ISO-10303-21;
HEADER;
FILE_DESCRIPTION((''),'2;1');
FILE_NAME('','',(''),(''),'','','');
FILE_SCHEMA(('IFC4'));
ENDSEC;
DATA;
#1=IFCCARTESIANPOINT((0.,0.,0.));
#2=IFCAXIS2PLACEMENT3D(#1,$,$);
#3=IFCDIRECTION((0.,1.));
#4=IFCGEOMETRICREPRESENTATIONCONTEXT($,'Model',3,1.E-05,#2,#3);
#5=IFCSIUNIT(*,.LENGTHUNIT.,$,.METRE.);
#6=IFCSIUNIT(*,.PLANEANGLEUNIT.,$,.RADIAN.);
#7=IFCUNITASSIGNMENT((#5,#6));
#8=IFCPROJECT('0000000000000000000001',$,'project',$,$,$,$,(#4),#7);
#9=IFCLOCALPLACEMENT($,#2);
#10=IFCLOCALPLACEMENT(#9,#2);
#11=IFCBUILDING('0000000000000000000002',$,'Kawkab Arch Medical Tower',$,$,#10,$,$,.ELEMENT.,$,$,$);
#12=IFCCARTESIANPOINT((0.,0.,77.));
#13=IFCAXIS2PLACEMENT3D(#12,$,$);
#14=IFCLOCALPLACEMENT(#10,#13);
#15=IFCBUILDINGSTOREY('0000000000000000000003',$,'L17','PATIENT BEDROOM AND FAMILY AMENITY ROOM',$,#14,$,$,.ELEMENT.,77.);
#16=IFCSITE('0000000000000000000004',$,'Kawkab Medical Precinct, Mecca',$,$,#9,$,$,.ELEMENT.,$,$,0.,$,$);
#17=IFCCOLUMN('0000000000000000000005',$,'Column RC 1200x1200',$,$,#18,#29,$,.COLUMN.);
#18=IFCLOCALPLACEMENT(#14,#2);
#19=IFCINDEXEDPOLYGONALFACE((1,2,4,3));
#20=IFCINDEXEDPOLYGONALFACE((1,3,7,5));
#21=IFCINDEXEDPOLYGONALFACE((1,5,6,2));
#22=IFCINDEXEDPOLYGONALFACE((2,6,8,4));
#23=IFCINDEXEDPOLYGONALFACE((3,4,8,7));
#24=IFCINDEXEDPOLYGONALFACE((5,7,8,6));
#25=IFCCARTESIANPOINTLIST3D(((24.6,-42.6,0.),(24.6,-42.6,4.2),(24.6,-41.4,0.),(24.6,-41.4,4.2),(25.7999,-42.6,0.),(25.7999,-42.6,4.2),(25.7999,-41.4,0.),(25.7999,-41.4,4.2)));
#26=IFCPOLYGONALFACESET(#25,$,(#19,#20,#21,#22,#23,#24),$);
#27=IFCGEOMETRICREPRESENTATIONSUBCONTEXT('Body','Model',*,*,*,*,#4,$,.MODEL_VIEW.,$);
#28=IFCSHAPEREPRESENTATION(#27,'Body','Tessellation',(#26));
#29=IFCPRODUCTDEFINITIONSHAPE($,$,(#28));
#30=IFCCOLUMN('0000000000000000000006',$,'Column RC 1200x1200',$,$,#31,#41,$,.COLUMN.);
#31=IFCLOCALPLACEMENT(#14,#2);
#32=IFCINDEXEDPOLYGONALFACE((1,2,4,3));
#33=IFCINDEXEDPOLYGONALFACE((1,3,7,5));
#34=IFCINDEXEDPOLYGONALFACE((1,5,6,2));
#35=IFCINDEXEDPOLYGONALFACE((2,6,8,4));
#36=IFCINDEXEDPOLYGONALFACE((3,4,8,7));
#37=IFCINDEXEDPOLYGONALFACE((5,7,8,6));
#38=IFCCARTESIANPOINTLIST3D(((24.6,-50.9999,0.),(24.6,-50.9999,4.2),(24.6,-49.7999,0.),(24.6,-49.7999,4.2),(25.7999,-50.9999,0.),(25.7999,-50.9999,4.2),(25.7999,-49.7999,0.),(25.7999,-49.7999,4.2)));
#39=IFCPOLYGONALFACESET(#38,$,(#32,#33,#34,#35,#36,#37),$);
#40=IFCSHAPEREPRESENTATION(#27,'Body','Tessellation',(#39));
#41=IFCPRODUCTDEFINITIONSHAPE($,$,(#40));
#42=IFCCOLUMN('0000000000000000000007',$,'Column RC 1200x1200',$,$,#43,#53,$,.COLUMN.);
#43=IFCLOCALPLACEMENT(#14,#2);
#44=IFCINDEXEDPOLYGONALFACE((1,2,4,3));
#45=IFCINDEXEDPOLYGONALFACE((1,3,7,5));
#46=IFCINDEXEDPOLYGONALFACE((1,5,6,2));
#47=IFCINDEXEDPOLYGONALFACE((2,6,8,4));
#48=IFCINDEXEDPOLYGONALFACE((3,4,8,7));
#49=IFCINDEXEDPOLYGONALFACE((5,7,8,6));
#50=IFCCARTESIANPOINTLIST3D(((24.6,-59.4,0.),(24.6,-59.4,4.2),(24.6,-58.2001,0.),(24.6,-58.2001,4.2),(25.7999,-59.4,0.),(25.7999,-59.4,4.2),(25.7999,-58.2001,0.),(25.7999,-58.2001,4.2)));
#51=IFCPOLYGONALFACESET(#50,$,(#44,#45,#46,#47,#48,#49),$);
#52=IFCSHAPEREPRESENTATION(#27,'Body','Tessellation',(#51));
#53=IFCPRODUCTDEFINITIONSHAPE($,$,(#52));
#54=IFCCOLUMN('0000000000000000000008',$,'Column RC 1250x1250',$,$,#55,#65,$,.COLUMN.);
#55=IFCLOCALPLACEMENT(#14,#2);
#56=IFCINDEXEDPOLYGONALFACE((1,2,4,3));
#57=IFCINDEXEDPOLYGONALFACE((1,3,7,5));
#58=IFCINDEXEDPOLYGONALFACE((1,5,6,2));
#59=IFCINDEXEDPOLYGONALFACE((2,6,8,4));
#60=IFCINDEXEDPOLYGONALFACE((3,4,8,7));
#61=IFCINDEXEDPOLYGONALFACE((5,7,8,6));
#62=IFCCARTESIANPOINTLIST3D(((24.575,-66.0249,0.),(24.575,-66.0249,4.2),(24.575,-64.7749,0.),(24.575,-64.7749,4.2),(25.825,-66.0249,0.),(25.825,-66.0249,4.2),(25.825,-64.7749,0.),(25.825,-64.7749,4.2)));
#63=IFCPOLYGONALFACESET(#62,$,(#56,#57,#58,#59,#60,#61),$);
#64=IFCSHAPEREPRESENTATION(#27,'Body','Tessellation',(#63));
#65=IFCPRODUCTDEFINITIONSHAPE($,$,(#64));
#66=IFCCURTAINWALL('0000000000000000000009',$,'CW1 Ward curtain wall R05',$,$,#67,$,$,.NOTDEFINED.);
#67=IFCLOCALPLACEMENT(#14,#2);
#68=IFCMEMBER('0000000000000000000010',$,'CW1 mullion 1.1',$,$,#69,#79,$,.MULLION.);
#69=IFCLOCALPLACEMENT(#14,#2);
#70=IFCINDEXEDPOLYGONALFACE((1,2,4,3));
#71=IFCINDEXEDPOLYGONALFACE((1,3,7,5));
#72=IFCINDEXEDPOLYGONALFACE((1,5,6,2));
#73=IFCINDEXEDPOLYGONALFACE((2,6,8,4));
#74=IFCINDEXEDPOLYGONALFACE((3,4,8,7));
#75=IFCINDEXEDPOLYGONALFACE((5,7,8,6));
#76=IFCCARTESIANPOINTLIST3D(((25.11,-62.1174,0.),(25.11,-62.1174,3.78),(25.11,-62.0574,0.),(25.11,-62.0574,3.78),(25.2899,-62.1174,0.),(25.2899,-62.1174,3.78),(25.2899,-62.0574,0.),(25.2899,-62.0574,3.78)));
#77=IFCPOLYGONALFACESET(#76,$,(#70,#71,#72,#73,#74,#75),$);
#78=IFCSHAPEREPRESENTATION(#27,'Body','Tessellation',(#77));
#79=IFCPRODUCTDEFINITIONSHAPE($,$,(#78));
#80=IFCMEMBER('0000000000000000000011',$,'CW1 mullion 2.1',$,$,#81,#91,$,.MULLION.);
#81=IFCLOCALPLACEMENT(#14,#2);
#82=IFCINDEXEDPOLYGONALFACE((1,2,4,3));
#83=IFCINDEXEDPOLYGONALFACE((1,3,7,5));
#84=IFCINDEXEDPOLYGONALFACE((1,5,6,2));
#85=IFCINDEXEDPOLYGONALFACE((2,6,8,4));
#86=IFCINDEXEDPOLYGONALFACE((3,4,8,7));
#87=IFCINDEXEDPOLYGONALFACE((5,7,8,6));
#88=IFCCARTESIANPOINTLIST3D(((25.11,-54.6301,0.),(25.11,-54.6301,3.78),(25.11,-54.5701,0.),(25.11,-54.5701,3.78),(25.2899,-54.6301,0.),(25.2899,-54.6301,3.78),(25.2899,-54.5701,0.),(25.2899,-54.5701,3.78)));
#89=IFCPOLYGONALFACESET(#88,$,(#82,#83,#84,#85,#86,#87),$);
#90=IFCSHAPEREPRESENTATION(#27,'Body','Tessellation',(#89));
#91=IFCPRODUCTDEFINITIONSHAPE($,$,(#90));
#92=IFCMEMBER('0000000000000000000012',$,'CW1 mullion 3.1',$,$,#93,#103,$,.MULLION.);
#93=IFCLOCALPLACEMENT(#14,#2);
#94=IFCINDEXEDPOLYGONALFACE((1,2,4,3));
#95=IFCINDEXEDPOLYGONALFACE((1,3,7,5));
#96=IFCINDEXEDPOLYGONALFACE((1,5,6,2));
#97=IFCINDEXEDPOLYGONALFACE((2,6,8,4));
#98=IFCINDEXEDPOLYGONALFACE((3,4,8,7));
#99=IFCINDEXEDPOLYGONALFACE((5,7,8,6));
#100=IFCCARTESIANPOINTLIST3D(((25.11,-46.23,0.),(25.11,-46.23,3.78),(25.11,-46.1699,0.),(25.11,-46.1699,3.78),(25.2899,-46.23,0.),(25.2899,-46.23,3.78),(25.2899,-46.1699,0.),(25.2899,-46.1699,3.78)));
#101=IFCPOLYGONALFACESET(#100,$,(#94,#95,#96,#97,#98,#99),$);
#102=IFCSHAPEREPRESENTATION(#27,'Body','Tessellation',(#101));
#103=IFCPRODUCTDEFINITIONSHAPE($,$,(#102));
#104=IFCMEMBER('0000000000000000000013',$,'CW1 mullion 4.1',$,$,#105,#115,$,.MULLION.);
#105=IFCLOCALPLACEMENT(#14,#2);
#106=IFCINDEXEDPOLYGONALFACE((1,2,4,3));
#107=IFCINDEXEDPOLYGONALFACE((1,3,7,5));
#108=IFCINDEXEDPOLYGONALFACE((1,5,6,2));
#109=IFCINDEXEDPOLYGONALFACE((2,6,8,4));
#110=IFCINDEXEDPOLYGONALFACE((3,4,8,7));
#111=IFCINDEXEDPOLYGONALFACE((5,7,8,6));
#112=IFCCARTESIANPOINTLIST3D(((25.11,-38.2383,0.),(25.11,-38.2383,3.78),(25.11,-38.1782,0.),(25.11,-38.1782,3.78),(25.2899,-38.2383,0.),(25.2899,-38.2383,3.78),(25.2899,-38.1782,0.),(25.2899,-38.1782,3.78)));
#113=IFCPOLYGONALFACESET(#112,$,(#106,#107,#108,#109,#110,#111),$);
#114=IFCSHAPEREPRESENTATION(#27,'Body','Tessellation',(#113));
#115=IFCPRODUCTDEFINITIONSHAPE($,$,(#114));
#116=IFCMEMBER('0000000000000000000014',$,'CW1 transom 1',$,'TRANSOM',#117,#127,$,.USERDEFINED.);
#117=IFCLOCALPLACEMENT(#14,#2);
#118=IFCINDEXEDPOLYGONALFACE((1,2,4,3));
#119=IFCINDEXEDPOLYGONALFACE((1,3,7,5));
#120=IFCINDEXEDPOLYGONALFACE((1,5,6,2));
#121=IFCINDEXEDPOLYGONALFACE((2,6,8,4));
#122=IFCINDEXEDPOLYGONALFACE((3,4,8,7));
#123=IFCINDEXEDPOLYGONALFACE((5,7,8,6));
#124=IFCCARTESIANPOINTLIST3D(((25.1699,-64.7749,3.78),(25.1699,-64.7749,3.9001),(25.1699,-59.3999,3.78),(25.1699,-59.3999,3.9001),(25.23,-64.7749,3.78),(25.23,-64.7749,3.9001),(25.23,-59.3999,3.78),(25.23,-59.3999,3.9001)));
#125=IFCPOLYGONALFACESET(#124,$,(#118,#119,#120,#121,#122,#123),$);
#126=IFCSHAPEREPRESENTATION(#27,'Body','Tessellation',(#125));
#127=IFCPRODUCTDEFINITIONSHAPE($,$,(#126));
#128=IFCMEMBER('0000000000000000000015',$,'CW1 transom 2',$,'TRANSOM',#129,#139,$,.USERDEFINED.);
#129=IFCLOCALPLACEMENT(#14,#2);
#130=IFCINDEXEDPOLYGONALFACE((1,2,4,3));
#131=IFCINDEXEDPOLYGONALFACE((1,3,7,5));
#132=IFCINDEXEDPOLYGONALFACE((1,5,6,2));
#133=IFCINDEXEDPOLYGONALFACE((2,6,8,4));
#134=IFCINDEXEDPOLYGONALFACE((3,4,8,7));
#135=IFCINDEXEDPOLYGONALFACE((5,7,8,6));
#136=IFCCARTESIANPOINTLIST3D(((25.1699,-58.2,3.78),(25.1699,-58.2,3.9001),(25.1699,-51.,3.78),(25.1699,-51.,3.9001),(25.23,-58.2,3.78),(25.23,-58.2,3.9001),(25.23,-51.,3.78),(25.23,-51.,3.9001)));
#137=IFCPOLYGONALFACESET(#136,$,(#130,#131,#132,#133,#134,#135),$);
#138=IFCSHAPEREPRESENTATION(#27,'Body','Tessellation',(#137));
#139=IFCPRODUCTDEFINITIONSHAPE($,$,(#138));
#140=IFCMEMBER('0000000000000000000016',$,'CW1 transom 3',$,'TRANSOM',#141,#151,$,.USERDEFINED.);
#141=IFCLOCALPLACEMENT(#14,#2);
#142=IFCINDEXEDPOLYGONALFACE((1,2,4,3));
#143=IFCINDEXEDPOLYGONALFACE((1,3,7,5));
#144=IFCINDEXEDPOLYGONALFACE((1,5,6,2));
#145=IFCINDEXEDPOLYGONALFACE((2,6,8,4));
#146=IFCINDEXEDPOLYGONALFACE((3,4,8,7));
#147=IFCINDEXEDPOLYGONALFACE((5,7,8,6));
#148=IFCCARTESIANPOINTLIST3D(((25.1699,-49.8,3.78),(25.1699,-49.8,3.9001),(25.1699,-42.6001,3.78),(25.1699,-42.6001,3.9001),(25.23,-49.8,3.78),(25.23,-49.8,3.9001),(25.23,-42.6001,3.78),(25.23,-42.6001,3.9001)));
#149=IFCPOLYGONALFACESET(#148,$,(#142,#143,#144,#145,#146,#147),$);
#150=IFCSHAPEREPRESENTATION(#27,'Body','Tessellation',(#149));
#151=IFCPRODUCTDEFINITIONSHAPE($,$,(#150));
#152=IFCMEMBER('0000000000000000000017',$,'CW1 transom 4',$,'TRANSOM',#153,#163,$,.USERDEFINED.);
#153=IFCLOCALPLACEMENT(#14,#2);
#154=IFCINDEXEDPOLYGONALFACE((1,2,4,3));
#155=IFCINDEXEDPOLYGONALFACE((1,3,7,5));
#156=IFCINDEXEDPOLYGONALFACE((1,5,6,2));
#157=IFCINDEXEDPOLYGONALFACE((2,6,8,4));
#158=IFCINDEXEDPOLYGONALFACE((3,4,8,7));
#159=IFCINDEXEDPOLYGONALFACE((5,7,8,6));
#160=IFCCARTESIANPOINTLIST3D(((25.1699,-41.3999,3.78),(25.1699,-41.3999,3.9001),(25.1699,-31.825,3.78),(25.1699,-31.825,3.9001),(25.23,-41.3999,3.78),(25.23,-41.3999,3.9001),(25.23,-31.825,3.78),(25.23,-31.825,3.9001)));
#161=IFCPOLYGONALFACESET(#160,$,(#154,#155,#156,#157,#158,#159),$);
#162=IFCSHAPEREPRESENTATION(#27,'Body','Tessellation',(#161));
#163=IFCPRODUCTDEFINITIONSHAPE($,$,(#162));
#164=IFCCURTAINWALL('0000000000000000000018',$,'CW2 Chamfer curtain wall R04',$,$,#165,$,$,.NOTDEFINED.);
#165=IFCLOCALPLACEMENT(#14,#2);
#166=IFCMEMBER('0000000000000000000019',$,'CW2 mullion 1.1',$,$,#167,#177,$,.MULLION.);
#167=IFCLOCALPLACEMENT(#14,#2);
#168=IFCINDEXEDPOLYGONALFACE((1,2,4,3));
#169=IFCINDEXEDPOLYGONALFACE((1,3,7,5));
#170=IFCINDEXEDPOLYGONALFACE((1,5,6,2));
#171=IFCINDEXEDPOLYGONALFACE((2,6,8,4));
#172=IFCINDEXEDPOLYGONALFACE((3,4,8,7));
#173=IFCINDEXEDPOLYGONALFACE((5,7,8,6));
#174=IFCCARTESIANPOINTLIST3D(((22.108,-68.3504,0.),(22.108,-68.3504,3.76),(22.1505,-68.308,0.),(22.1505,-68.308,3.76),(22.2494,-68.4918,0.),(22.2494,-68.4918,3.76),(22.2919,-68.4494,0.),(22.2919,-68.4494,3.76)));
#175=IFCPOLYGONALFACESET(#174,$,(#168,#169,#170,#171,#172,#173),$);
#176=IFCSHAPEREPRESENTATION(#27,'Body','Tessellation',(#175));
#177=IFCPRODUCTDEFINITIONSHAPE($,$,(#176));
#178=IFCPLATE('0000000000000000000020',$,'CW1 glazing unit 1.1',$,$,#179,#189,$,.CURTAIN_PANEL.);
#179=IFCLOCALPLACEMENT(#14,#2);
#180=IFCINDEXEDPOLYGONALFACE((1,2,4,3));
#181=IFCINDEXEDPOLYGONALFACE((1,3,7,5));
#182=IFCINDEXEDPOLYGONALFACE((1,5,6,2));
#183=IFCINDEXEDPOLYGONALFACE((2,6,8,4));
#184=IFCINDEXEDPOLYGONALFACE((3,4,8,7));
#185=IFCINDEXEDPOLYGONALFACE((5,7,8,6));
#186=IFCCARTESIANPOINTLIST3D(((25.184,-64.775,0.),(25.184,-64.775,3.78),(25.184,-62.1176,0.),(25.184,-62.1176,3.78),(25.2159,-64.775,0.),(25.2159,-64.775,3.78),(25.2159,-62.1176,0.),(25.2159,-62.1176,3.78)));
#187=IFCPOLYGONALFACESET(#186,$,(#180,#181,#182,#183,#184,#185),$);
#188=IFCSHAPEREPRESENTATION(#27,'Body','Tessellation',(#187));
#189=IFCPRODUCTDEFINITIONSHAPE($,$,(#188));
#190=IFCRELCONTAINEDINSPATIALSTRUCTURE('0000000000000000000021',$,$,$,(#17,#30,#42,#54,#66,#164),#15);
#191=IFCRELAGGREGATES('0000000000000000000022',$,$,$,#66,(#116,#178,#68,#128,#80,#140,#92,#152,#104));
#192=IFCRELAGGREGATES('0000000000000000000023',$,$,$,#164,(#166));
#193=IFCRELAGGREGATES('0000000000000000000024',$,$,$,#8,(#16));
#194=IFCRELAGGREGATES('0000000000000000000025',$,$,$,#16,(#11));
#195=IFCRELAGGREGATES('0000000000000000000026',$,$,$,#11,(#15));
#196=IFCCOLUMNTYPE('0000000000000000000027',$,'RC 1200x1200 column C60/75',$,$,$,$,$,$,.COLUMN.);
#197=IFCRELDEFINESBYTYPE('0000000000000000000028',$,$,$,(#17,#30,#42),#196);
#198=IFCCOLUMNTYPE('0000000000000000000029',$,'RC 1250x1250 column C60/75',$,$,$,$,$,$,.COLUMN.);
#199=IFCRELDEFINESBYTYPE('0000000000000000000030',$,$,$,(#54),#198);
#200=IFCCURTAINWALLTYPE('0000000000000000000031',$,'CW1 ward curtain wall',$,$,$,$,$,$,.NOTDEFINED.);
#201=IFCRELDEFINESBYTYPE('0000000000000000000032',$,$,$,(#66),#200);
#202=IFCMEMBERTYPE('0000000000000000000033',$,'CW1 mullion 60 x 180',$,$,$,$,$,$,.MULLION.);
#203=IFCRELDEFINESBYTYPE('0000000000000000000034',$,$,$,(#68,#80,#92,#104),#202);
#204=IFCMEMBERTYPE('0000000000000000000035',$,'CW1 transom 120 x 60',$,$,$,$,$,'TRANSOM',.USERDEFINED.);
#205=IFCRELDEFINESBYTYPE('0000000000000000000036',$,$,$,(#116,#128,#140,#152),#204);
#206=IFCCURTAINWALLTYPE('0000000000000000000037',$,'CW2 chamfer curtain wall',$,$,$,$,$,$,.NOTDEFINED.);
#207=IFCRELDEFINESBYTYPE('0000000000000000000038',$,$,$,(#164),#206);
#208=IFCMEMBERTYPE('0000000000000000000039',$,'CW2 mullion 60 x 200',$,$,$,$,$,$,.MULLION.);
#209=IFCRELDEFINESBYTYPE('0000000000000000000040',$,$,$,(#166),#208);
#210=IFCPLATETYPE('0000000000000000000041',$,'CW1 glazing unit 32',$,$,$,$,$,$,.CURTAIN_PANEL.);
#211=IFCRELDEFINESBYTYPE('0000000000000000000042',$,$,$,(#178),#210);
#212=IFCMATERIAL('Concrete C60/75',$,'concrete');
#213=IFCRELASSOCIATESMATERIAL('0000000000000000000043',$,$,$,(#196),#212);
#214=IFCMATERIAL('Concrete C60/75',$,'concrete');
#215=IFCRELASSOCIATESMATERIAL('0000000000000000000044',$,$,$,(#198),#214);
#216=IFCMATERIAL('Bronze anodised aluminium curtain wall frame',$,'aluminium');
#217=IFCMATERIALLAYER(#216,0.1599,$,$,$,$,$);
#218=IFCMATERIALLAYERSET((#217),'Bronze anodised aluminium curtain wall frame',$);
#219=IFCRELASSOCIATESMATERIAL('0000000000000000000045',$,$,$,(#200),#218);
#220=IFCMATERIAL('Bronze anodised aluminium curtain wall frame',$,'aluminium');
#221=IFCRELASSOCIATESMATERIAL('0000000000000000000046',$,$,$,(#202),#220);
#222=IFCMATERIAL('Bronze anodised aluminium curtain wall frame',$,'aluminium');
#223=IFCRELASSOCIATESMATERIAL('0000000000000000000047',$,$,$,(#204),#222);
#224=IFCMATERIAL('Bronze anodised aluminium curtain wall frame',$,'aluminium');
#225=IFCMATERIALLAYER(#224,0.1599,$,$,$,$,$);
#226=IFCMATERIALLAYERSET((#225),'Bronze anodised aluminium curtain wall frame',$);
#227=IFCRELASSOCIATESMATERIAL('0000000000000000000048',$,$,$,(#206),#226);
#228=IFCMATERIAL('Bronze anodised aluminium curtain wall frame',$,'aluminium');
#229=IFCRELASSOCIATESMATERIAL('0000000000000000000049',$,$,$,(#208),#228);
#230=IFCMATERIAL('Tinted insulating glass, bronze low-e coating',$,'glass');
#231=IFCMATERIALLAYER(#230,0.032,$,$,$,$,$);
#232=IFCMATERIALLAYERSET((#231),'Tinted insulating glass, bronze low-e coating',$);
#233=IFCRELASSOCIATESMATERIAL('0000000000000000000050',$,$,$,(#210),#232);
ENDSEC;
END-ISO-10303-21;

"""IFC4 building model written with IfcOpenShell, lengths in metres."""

from ifc_helpers import new_model, si_unit, direction, frame, origin, origin_2d, place, context, subcontext, project, spatial, rectangle, extrude, material, layer, layer_set, material_profile, profile_set, type_object, element, aggregate, save


model = new_model("IFC4")

# Units and contexts
model_context = context("Model", 3, precision=1e-05, world=origin(), true_north=direction((0.0, 1.0)))
body_context = subcontext(model_context, "Body", "Model", "MODEL_VIEW")
ifc_project = project(units=[si_unit("LENGTHUNIT", "METRE"), si_unit("PLANEANGLEUNIT", "RADIAN")], contexts=[model_context])

# Site, building, storey
site_placement = place(None, origin())
site = spatial("IfcSite", under=ifc_project, at=site_placement, Name="Kawkab Medical Precinct, Mecca", CompositionType="ELEMENT", RefElevation=0.0)
building_placement = place(site_placement, origin())
building = spatial("IfcBuilding", under=site, at=building_placement, Name="Kawkab Arch Medical Tower", CompositionType="ELEMENT")
storey_placement = place(building_placement, frame((0.0, 0.0, 77.0)))
storey = spatial("IfcBuildingStorey", under=building, at=storey_placement, Name="L17", Description="PATIENT BEDROOM AND FAMILY AMENITY ROOM", CompositionType="ELEMENT", Elevation=77.0)

# Columns
ifc_material_1 = material(Name="Concrete C60/75", Category="concrete")
ifc_material_profile_1 = material_profile(ifc_material_1, rectangle(XDim=1.2, YDim=1.2, at=origin_2d()), Name="RC 1200x1200")
ifc_profile_set_1 = profile_set([ifc_material_profile_1], Name="Concrete C60/75")
column_type_1 = type_object("IfcColumnType", Name="RC 1200x1200 column C60/75", PredefinedType="COLUMN", material=ifc_profile_set_1)
for number, where, z_axis, x_axis, name in (
    (1, (25.2, -42.0, 0.0), (0.0, 0.0, 1.0), (1.0, 0.0, 0.0), "Column RC 1200x1200"),
    (2, (25.2, -50.3999, 0.0), (0.0, 0.0, 1.0), (1.0, 0.0, 0.0), "Column RC 1200x1200"),
    (3, (25.2, -58.8, 0.0), (0.0, 0.0, 1.0), (1.0, 0.0, 0.0), "Column RC 1200x1200"),
):
    element("IfcColumn", number, at=place(storey_placement, frame(where, z_axis=z_axis, x_axis=x_axis)), inside=storey, type_object=column_type_1, Name=name, PredefinedType="COLUMN", context=body_context, shape_type="SweptSolid", body=[
        extrude(rectangle(XDim=1.2, YDim=1.2, at=origin_2d()), origin(), (0.0, 0.0, 1.0), 4.2),
    ])
ifc_material_2 = material(Name="Concrete C60/75", Category="concrete")
ifc_material_profile_2 = material_profile(ifc_material_2, rectangle(XDim=1.25, YDim=1.25, at=origin_2d()), Name="RC 1250x1250")
ifc_profile_set_2 = profile_set([ifc_material_profile_2], Name="Concrete C60/75")
column_type_2 = type_object("IfcColumnType", Name="RC 1250x1250 column C60/75", PredefinedType="COLUMN", material=ifc_profile_set_2)
column_placement = place(storey_placement, frame((25.2, -65.3999, 0.0), z_axis=(0.0, 0.0, 1.0), x_axis=(1.0, 0.0, 0.0)))
element("IfcColumn", 4, at=column_placement, inside=storey, type_object=column_type_2, Name="Column RC 1250x1250", PredefinedType="COLUMN", context=body_context, shape_type="SweptSolid", body=[
    extrude(rectangle(XDim=1.25, YDim=1.25, at=origin_2d()), origin(), (0.0, 0.0, 1.0), 4.2),
])

# Curtain wall, members
ifc_material_3 = material(Name="Bronze anodised aluminium curtain wall frame", Category="aluminium")
ifc_layer_1 = layer(ifc_material_3, 0.1599)
ifc_layer_set_1 = layer_set([ifc_layer_1], Name="Bronze anodised aluminium curtain wall frame")
curtain_wall_type_1 = type_object("IfcCurtainWallType", Name="CW1 ward curtain wall", PredefinedType="NOTDEFINED", material=ifc_layer_set_1)
placement = place(storey_placement, origin())
curtain_wall_1 = element("IfcCurtainWall", 5, at=placement, inside=storey, type_object=curtain_wall_type_1, Name="CW1 Ward curtain wall R05", PredefinedType="NOTDEFINED")
ifc_material_4 = material(Name="Bronze anodised aluminium curtain wall frame", Category="aluminium")
ifc_material_profile_3 = material_profile(ifc_material_4, rectangle(XDim=0.1799, YDim=0.0601, at=origin_2d()), Name="AL 60x180")
ifc_profile_set_3 = profile_set([ifc_material_profile_3], Name="Bronze anodised aluminium curtain wall frame")
member_type_1 = type_object("IfcMemberType", Name="CW1 mullion 60 x 180", PredefinedType="MULLION", material=ifc_profile_set_3)
member_1_placement = place(storey_placement, frame((25.2, -62.0874, 0.0), z_axis=(0.0, 0.0, 1.0), x_axis=(-1.0, 0.0, 0.0)))
member_1 = element("IfcMember", 6, at=member_1_placement, type_object=member_type_1, Name="CW1 mullion 1.1", PredefinedType="MULLION", context=body_context, shape_type="SweptSolid", body=[
    extrude(rectangle(XDim=0.1799, YDim=0.0601, at=origin_2d()), origin(), (0.0, 0.0, 1.0), 3.78),
])
member_2_placement = place(storey_placement, frame((25.2, -54.6001, 0.0), z_axis=(0.0, 0.0, 1.0), x_axis=(-1.0, 0.0, 0.0)))
member_2 = element("IfcMember", 7, at=member_2_placement, type_object=member_type_1, Name="CW1 mullion 2.1", PredefinedType="MULLION", context=body_context, shape_type="SweptSolid", body=[
    extrude(rectangle(XDim=0.1799, YDim=0.0601, at=origin_2d()), origin(), (0.0, 0.0, 1.0), 3.78),
])
member_3_placement = place(storey_placement, frame((25.2, -46.2, 0.0), z_axis=(0.0, 0.0, 1.0), x_axis=(-1.0, 0.0, 0.0)))
member_3 = element("IfcMember", 8, at=member_3_placement, type_object=member_type_1, Name="CW1 mullion 3.1", PredefinedType="MULLION", context=body_context, shape_type="SweptSolid", body=[
    extrude(rectangle(XDim=0.1799, YDim=0.0601, at=origin_2d()), origin(), (0.0, 0.0, 1.0), 3.78),
])
member_4_placement = place(storey_placement, frame((25.2, -38.2083, 0.0), z_axis=(0.0, 0.0, 1.0), x_axis=(-1.0, 0.0, 0.0)))
member_4 = element("IfcMember", 9, at=member_4_placement, type_object=member_type_1, Name="CW1 mullion 4.1", PredefinedType="MULLION", context=body_context, shape_type="SweptSolid", body=[
    extrude(rectangle(XDim=0.1799, YDim=0.0601, at=origin_2d()), origin(), (0.0, 0.0, 1.0), 3.78),
])
ifc_material_5 = material(Name="Bronze anodised aluminium curtain wall frame", Category="aluminium")
ifc_material_profile_4 = material_profile(ifc_material_5, rectangle(XDim=0.0601, YDim=0.1201, at=origin_2d()), Name="AL 60x120")
ifc_profile_set_4 = profile_set([ifc_material_profile_4], Name="Bronze anodised aluminium curtain wall frame")
member_type_2 = type_object("IfcMemberType", Name="CW1 transom 120 x 60", ElementType="TRANSOM", PredefinedType="USERDEFINED", material=ifc_profile_set_4)
member_5_placement = place(storey_placement, frame((25.2, -64.7749, 3.8401), z_axis=(0.0, 1.0, 0.0), x_axis=(-1.0, 0.0, 0.0)))
member_5 = element("IfcMember", 10, at=member_5_placement, type_object=member_type_2, Name="CW1 transom 1", ObjectType="TRANSOM", PredefinedType="USERDEFINED", context=body_context, shape_type="SweptSolid", body=[
    extrude(rectangle(XDim=0.0601, YDim=0.1201, at=origin_2d()), origin(), (0.0, 0.0, 1.0), 5.375),
])
member_6_placement = place(storey_placement, frame((25.2, -58.2, 3.8401), z_axis=(0.0, 1.0, 0.0), x_axis=(-1.0, 0.0, 0.0)))
member_6 = element("IfcMember", 11, at=member_6_placement, type_object=member_type_2, Name="CW1 transom 2", ObjectType="TRANSOM", PredefinedType="USERDEFINED", context=body_context, shape_type="SweptSolid", body=[
    extrude(rectangle(XDim=0.0601, YDim=0.1201, at=origin_2d()), origin(), (0.0, 0.0, 1.0), 7.2),
])
member_7_placement = place(storey_placement, frame((25.2, -49.8, 3.8401), z_axis=(0.0, 1.0, 0.0), x_axis=(-1.0, 0.0, 0.0)))
member_7 = element("IfcMember", 12, at=member_7_placement, type_object=member_type_2, Name="CW1 transom 3", ObjectType="TRANSOM", PredefinedType="USERDEFINED", context=body_context, shape_type="SweptSolid", body=[
    extrude(rectangle(XDim=0.0601, YDim=0.1201, at=origin_2d()), origin(), (0.0, 0.0, 1.0), 7.2),
])
member_8_placement = place(storey_placement, frame((25.2, -41.3999, 3.8401), z_axis=(0.0, 1.0, 0.0), x_axis=(-1.0, 0.0, 0.0)))
member_8 = element("IfcMember", 13, at=member_8_placement, type_object=member_type_2, Name="CW1 transom 4", ObjectType="TRANSOM", PredefinedType="USERDEFINED", context=body_context, shape_type="SweptSolid", body=[
    extrude(rectangle(XDim=0.0601, YDim=0.1201, at=origin_2d()), origin(), (0.0, 0.0, 1.0), 9.575),
])

# Curtain wall, member
ifc_material_6 = material(Name="Bronze anodised aluminium curtain wall frame", Category="aluminium")
ifc_layer_2 = layer(ifc_material_6, 0.1599)
ifc_layer_set_2 = layer_set([ifc_layer_2], Name="Bronze anodised aluminium curtain wall frame")
curtain_wall_type_2 = type_object("IfcCurtainWallType", Name="CW2 chamfer curtain wall", PredefinedType="NOTDEFINED", material=ifc_layer_set_2)
curtain_wall_2 = element("IfcCurtainWall", 14, at=placement, inside=storey, type_object=curtain_wall_type_2, Name="CW2 Chamfer curtain wall R04", PredefinedType="NOTDEFINED")
ifc_material_7 = material(Name="Bronze anodised aluminium curtain wall frame", Category="aluminium")
ifc_material_profile_5 = material_profile(ifc_material_7, rectangle(XDim=0.2, YDim=0.0601, at=origin_2d()), Name="AL 60x200")
ifc_profile_set_5 = profile_set([ifc_material_profile_5], Name="Bronze anodised aluminium curtain wall frame")
member_type_3 = type_object("IfcMemberType", Name="CW2 mullion 60 x 200", PredefinedType="MULLION", material=ifc_profile_set_5)
member_9_placement = place(storey_placement, frame((22.2, -68.3999, 0.0), z_axis=(0.0, 0.0, 1.0), x_axis=(-0.707107, 0.707107, 0.0)))
member_9 = element("IfcMember", 15, at=member_9_placement, type_object=member_type_3, Name="CW2 mullion 1.1", PredefinedType="MULLION", context=body_context, shape_type="SweptSolid", body=[
    extrude(rectangle(XDim=0.2, YDim=0.0601, at=origin_2d()), origin(), (0.0, 0.0, 1.0), 3.76),
])

# Plate
ifc_material_8 = material(Name="Tinted insulating glass, bronze low-e coating", Category="glass")
ifc_layer_3 = layer(ifc_material_8, 0.032)
ifc_layer_set_3 = layer_set([ifc_layer_3], Name="Tinted insulating glass, bronze low-e coating")
plate_type_1 = type_object("IfcPlateType", Name="CW1 glazing unit 32", PredefinedType="CURTAIN_PANEL", material=ifc_layer_set_3)
plate_1_placement = place(storey_placement, frame((25.2, -63.4463, 0.0), z_axis=(0.0, 0.0, 1.0), x_axis=(0.0, 1.0, 0.0)))
plate_1 = element("IfcPlate", 16, at=plate_1_placement, type_object=plate_type_1, Name="CW1 glazing unit 1.1", PredefinedType="CURTAIN_PANEL", context=body_context, shape_type="SweptSolid", body=[
    extrude(rectangle(XDim=2.6575, YDim=0.032, at=origin_2d()), origin(), (0.0, 0.0, 1.0), 3.78),
])
aggregate(curtain_wall_1, [member_5, plate_1, member_1, member_6, member_2, member_7, member_3, member_8, member_4])
aggregate(curtain_wall_2, [member_9])

save(model, "model.ifc")
